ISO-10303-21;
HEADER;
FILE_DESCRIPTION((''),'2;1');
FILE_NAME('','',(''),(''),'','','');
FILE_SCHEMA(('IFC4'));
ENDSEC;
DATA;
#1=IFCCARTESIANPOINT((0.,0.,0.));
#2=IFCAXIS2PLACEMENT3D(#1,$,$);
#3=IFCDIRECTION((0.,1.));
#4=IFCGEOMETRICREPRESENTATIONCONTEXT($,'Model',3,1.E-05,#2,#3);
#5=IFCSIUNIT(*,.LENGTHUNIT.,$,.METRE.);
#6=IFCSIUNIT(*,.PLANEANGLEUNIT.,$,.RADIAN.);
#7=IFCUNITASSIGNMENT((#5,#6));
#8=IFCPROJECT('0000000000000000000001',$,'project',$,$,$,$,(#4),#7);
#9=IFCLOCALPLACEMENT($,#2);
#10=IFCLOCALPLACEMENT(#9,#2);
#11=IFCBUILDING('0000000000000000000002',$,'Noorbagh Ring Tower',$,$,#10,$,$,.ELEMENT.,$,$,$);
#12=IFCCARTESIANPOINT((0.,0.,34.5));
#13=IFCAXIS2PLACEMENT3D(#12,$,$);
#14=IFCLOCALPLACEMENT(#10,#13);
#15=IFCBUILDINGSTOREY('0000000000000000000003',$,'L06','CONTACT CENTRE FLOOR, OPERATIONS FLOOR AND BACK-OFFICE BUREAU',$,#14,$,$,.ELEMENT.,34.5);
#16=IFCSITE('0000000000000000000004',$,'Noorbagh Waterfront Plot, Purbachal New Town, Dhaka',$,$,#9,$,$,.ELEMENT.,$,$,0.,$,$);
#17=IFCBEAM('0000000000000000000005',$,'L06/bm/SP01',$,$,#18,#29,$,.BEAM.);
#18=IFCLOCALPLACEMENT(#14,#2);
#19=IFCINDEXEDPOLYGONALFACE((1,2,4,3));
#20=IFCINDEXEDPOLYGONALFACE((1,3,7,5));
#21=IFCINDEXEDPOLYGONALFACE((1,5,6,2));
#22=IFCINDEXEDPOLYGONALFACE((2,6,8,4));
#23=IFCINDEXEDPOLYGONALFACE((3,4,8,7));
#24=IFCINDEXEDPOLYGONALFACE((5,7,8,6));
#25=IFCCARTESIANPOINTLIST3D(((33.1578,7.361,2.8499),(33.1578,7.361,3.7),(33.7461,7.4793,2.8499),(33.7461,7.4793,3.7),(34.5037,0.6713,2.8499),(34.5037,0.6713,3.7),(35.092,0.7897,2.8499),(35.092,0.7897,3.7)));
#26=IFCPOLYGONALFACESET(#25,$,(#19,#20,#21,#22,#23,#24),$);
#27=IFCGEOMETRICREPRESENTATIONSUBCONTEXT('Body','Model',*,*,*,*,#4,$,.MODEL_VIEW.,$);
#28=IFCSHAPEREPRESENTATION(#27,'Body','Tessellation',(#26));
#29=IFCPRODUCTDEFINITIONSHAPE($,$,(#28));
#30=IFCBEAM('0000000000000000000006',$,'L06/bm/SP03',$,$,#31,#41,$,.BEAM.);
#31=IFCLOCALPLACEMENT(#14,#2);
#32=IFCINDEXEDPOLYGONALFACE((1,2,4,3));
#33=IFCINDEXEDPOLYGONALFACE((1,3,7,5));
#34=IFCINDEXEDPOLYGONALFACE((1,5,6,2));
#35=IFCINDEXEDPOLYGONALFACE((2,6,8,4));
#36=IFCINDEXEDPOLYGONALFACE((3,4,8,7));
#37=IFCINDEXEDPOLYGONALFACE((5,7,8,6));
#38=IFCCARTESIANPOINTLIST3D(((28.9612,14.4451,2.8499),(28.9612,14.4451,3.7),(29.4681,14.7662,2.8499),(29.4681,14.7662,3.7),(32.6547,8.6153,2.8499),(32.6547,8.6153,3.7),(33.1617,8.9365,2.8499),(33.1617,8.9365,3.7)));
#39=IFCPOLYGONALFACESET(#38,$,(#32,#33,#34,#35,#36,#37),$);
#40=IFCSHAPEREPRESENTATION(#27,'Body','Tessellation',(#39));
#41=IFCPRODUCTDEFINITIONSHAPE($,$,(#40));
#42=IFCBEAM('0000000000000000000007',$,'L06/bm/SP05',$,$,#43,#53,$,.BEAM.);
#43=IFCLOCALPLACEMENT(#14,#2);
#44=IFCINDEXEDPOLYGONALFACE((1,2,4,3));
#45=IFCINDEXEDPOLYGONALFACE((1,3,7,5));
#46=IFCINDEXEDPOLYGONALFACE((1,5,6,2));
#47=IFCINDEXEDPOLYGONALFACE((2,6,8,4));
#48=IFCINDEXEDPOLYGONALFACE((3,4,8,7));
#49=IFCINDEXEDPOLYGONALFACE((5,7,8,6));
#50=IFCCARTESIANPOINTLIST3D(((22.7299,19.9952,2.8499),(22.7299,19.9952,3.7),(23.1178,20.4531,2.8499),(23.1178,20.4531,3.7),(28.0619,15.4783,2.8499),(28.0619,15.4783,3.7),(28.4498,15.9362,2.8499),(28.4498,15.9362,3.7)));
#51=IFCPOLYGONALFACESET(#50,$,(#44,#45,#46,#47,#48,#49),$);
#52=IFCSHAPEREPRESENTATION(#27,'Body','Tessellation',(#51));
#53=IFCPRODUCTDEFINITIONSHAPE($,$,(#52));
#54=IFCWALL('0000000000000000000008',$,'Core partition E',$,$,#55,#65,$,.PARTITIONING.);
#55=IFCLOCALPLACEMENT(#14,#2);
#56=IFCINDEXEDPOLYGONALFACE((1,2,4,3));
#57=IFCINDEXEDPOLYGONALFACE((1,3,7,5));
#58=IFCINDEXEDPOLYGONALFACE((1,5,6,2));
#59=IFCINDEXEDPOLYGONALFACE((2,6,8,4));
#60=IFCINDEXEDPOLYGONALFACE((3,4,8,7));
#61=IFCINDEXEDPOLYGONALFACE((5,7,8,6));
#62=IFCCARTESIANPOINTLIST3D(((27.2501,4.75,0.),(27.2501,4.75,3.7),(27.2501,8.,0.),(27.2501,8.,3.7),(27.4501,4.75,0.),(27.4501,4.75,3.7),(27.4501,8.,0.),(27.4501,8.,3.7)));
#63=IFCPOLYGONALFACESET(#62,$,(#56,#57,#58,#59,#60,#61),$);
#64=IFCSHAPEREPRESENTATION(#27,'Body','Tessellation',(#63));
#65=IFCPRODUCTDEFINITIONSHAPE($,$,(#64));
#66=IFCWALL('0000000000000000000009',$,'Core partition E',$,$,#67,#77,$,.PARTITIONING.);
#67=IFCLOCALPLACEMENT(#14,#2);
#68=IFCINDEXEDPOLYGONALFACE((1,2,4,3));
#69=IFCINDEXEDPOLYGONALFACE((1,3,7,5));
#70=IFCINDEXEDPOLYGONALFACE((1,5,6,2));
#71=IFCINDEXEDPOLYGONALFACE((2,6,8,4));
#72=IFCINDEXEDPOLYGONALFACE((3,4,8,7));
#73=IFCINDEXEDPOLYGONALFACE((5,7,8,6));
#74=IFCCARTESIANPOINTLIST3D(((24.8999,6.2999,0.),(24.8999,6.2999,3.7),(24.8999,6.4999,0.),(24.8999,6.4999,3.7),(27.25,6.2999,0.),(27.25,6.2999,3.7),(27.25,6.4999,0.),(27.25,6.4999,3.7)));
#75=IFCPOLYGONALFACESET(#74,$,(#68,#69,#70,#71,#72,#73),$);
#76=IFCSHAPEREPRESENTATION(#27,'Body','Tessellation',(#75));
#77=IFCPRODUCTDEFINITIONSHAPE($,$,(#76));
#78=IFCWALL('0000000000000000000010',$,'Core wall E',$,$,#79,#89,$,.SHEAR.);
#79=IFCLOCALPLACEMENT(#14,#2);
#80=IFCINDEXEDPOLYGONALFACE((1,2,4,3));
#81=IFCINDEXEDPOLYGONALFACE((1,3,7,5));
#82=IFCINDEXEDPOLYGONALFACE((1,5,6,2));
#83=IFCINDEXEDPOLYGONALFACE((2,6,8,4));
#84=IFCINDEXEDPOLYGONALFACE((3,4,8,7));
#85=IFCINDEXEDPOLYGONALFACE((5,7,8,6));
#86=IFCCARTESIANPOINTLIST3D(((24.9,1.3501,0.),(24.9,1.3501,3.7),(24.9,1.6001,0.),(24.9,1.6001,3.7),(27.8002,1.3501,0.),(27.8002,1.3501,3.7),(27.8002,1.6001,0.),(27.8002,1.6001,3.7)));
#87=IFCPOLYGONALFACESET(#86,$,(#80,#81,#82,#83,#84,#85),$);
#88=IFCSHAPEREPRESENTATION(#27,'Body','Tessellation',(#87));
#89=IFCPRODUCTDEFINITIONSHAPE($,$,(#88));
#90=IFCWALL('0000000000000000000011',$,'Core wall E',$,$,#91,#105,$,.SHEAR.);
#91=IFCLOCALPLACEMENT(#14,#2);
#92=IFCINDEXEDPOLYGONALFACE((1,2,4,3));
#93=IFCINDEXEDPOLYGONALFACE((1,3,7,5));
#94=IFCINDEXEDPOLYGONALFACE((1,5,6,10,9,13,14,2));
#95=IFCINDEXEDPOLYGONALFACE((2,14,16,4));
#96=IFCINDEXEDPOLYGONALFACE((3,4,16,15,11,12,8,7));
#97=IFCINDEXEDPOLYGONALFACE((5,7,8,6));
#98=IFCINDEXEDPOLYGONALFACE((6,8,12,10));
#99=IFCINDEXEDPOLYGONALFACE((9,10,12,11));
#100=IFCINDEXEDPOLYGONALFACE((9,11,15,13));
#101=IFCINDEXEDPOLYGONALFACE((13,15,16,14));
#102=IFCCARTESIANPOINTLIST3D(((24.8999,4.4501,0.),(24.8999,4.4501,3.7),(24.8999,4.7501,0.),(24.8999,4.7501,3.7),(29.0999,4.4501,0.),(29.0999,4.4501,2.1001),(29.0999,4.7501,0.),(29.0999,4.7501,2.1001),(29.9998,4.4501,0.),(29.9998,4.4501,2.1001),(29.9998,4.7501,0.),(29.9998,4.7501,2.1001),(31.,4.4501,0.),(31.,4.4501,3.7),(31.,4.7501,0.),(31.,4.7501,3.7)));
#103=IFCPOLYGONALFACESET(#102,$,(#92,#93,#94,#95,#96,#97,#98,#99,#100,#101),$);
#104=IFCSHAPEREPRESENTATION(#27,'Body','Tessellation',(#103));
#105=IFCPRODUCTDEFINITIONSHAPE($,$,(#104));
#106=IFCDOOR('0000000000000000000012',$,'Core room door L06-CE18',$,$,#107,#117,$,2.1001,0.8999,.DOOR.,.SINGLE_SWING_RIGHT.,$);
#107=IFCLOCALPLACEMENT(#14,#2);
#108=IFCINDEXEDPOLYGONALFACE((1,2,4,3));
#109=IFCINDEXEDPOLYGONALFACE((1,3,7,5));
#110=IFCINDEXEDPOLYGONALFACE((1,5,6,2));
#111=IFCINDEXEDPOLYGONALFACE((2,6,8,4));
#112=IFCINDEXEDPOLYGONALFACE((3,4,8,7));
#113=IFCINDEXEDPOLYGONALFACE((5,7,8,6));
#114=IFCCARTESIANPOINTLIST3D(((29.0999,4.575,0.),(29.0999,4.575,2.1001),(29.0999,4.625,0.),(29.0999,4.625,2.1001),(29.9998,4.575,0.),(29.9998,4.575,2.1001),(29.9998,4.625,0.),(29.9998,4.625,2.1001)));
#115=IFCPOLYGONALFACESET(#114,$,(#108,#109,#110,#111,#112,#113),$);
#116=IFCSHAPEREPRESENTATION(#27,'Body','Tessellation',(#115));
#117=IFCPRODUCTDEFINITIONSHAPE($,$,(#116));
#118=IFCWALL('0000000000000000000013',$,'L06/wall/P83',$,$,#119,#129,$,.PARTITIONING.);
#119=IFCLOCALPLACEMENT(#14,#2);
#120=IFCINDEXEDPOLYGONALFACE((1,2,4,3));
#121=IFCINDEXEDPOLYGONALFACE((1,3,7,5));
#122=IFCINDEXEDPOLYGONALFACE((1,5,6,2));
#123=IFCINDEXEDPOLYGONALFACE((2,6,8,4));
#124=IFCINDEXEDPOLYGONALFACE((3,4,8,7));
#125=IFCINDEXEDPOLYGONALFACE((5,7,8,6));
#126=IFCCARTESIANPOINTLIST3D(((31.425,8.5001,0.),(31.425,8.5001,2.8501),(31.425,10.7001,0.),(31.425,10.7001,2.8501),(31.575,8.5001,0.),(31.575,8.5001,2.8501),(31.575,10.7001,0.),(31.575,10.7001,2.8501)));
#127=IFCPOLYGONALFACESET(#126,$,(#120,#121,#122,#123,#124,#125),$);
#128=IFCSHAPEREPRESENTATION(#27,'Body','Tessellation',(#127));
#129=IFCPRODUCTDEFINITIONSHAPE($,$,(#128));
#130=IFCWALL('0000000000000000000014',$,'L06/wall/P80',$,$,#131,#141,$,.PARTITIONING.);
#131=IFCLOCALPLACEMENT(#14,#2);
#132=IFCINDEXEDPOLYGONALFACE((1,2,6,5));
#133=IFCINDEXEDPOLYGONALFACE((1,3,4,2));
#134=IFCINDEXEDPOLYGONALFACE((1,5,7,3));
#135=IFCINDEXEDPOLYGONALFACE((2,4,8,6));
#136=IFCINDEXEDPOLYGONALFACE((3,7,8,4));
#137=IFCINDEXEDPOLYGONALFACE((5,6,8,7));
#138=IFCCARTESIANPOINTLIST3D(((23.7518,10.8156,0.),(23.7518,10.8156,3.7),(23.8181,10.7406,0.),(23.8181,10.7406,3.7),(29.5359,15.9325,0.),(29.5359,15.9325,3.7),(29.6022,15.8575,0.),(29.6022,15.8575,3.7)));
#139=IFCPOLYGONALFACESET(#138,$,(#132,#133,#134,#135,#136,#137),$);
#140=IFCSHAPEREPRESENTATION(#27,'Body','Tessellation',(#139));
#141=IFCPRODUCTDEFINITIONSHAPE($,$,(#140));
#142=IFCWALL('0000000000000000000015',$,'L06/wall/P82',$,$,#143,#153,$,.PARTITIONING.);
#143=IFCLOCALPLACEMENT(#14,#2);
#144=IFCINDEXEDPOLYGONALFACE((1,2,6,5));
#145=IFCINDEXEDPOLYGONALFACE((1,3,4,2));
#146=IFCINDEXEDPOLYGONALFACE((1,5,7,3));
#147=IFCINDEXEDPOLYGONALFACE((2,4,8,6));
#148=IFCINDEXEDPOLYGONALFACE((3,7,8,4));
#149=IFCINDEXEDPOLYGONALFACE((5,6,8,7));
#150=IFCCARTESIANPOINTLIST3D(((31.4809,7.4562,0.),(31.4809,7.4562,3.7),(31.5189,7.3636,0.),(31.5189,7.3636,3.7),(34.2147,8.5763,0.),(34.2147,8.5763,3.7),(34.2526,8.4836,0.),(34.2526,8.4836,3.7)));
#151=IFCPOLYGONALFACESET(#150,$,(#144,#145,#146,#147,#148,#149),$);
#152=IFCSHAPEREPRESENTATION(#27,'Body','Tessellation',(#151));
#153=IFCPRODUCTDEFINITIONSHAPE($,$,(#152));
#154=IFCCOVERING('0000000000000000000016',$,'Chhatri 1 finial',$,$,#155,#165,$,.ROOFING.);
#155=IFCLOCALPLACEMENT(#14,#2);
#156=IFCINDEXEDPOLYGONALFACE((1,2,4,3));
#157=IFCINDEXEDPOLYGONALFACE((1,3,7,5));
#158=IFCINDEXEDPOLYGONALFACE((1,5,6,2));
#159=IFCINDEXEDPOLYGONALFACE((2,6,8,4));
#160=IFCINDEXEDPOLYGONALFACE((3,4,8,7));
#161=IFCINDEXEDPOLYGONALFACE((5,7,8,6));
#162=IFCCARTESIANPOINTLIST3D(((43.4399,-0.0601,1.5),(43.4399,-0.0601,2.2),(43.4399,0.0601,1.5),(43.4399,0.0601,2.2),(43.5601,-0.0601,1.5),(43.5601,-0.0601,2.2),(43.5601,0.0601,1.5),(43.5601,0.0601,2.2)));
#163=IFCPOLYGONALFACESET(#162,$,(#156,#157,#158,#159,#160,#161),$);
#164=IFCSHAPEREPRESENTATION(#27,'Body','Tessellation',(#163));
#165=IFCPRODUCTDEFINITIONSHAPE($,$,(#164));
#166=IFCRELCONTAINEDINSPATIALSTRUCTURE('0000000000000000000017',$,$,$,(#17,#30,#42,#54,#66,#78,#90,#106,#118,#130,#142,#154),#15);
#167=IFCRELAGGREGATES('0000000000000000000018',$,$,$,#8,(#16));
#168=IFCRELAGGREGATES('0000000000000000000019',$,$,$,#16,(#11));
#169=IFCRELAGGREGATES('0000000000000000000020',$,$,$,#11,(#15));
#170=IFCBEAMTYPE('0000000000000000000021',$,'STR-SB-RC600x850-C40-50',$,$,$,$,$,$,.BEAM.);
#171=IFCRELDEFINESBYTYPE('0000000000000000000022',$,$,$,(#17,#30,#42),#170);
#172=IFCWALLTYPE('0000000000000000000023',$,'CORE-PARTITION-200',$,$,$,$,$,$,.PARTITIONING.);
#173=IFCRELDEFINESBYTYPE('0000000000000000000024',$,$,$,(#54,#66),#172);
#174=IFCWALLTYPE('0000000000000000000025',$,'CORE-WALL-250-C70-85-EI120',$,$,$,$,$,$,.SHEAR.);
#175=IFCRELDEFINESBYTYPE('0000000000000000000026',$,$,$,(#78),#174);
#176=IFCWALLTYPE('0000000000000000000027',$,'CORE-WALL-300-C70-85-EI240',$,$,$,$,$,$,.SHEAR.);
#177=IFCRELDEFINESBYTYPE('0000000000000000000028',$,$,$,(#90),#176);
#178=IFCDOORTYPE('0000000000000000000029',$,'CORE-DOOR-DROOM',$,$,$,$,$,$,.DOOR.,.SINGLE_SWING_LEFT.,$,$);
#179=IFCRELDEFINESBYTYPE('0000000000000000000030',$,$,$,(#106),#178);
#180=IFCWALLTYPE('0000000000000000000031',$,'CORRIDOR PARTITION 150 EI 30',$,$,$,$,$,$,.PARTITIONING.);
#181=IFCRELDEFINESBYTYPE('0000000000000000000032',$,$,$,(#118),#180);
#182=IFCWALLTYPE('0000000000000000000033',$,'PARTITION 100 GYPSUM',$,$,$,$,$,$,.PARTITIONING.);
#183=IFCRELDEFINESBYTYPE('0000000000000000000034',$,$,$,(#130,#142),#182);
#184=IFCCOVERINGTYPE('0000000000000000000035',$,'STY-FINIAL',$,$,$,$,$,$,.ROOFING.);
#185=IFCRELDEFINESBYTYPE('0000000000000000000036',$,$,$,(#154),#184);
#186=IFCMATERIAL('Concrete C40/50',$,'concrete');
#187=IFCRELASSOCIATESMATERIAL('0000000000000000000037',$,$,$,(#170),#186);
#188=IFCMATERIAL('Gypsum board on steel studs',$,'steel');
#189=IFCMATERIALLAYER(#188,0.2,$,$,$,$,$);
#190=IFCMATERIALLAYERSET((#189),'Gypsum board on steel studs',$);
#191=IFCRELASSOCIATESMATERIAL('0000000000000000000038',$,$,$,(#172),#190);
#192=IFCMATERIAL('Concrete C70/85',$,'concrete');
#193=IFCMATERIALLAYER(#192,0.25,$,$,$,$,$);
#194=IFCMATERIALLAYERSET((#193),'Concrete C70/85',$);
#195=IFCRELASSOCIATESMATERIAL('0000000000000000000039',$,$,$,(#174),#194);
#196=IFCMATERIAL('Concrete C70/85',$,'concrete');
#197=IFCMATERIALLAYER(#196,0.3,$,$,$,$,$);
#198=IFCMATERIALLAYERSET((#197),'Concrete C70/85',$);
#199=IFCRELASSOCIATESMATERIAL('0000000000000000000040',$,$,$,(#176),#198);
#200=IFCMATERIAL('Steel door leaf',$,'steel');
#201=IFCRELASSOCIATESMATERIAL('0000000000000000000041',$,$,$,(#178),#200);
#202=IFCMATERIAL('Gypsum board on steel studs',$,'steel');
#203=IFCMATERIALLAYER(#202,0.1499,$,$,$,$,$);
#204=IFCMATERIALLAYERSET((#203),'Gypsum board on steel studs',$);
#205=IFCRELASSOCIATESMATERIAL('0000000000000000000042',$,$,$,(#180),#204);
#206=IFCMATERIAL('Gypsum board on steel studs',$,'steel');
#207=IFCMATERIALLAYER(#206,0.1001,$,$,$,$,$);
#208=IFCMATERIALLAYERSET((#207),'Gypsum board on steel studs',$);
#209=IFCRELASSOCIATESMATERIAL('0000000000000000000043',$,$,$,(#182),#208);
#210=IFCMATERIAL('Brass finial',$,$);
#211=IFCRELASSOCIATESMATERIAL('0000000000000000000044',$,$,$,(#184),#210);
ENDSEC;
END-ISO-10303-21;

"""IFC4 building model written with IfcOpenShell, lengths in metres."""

from ifc_helpers import new_model, si_unit, direction, frame, frame_2d, origin, origin_2d, place, context, subcontext, project, spatial, rectangle, extrude, material, layer, layer_set, material_profile, profile_set, type_object, element, fill, save


model = new_model("IFC4")

# Units and contexts
model_context = context("Model", 3, precision=1e-05, world=origin(), true_north=direction((0.0, 1.0)))
body_context = subcontext(model_context, "Body", "Model", "MODEL_VIEW")
ifc_project = project(units=[si_unit("LENGTHUNIT", "METRE"), si_unit("PLANEANGLEUNIT", "RADIAN")], contexts=[model_context])

# Site, building, storey
site_placement = place(None, origin())
site = spatial("IfcSite", under=ifc_project, at=site_placement, Name="Noorbagh Waterfront Plot, Purbachal New Town, Dhaka", CompositionType="ELEMENT", RefElevation=0.0)
building_placement = place(site_placement, origin())
building = spatial("IfcBuilding", under=site, at=building_placement, Name="Noorbagh Ring Tower", CompositionType="ELEMENT")
storey_placement = place(building_placement, frame((0.0, 0.0, 34.5)))
storey = spatial("IfcBuildingStorey", under=building, at=storey_placement, Name="L06", Description="CONTACT CENTRE FLOOR, OPERATIONS FLOOR AND BACK-OFFICE BUREAU", CompositionType="ELEMENT", Elevation=34.5)

# Beams
ifc_material_1 = material(Name="Concrete C40/50", Category="concrete")
ifc_material_profile_1 = material_profile(ifc_material_1, rectangle(XDim=0.6001, YDim=0.8501, at=origin_2d()), Name="RC600x850")
ifc_profile_set_1 = profile_set([ifc_material_profile_1], Name="Concrete C40/50")
beam_type_1 = type_object("IfcBeamType", Name="STR-SB-RC600x850-C40-50", PredefinedType="BEAM", material=ifc_profile_set_1)
beam_1_placement = place(storey_placement, frame((34.7979, 0.7305, 3.2749), z_axis=(-0.197244, 0.980354, 0.0), x_axis=(-0.980354, -0.197244, 0.0)))
element("IfcBeam", 1, at=beam_1_placement, inside=storey, type_object=beam_type_1, Name="L06/bm/SP01", PredefinedType="BEAM", context=body_context, shape_type="SweptSolid", body=[
    extrude(rectangle(XDim=0.6001, YDim=0.8501, at=origin_2d()), origin(), (0.0, 0.0, 1.0), 6.8237),
])
beam_2_placement = place(storey_placement, frame((32.9082, 8.7759, 3.2749), z_axis=(-0.535194, 0.844729, 0.0), x_axis=(-0.844729, -0.535194, 0.0)))
element("IfcBeam", 2, at=beam_2_placement, inside=storey, type_object=beam_type_1, Name="L06/bm/SP03", PredefinedType="BEAM", context=body_context, shape_type="SweptSolid", body=[
    extrude(rectangle(XDim=0.6001, YDim=0.8501, at=origin_2d()), origin(), (0.0, 0.0, 1.0), 6.9014),
])
beam_3_placement = place(storey_placement, frame((28.2559, 15.7073, 3.2749), z_axis=(-0.763024, 0.64637, 0.0), x_axis=(-0.64637, -0.763024, 0.0)))
element("IfcBeam", 3, at=beam_3_placement, inside=storey, type_object=beam_type_1, Name="L06/bm/SP05", PredefinedType="BEAM", context=body_context, shape_type="SweptSolid", body=[
    extrude(rectangle(XDim=0.6001, YDim=0.8501, at=origin_2d()), origin(), (0.0, 0.0, 1.0), 6.988),
])

# Walls
ifc_material_2 = material(Name="Gypsum board on steel studs", Category="steel")
ifc_layer_1 = layer(ifc_material_2, 0.2)
ifc_layer_set_1 = layer_set([ifc_layer_1], Name="Gypsum board on steel studs")
wall_type_1 = type_object("IfcWallType", Name="CORE-PARTITION-200", PredefinedType="PARTITIONING", material=ifc_layer_set_1)
wall_1_placement = place(storey_placement, frame((27.3501, 4.75, 0.0), z_axis=(0.0, 0.0, 1.0), x_axis=(0.0, 1.0, 0.0)))
element("IfcWall", 4, at=wall_1_placement, inside=storey, type_object=wall_type_1, Name="Core partition E", PredefinedType="PARTITIONING", context=body_context, shape_type="SweptSolid", body=[
    extrude(rectangle(XDim=3.25, YDim=0.2, at=frame_2d((1.625, 0.0))), origin(), (0.0, 0.0, 1.0), 3.7),
])
wall_2_placement = place(storey_placement, frame((24.8999, 6.3999, 0.0), z_axis=(0.0, 0.0, 1.0), x_axis=(1.0, 0.0, 0.0)))
element("IfcWall", 5, at=wall_2_placement, inside=storey, type_object=wall_type_1, Name="Core partition E", PredefinedType="PARTITIONING", context=body_context, shape_type="SweptSolid", body=[
    extrude(rectangle(XDim=2.3501, YDim=0.2, at=frame_2d((1.175, 0.0))), origin(), (0.0, 0.0, 1.0), 3.7),
])
ifc_material_3 = material(Name="Concrete C70/85", Category="concrete")
ifc_layer_2 = layer(ifc_material_3, 0.25)
ifc_layer_set_2 = layer_set([ifc_layer_2], Name="Concrete C70/85")
wall_type_2 = type_object("IfcWallType", Name="CORE-WALL-250-C70-85-EI120", PredefinedType="SHEAR", material=ifc_layer_set_2)
wall_3_placement = place(storey_placement, frame((24.8999, 1.4751, 0.0), z_axis=(0.0, 0.0, 1.0), x_axis=(1.0, 0.0, 0.0)))
element("IfcWall", 6, at=wall_3_placement, inside=storey, type_object=wall_type_2, Name="Core wall E", PredefinedType="SHEAR", context=body_context, shape_type="SweptSolid", body=[
    extrude(rectangle(XDim=2.9001, YDim=0.25, at=frame_2d((1.4502, 0.0))), origin(), (0.0, 0.0, 1.0), 3.7),
])

# Wall, opening, door
ifc_material_4 = material(Name="Concrete C70/85", Category="concrete")
ifc_layer_3 = layer(ifc_material_4, 0.3)
ifc_layer_set_3 = layer_set([ifc_layer_3], Name="Concrete C70/85")
wall_type_3 = type_object("IfcWallType", Name="CORE-WALL-300-C70-85-EI240", PredefinedType="SHEAR", material=ifc_layer_set_3)
wall_4_placement = place(storey_placement, frame((24.8999, 4.6001, 0.0), z_axis=(0.0, 0.0, 1.0), x_axis=(1.0, 0.0, 0.0)))
wall_4 = element("IfcWall", 7, at=wall_4_placement, inside=storey, type_object=wall_type_3, Name="Core wall E", PredefinedType="SHEAR", context=body_context, shape_type="SweptSolid", body=[
    extrude(rectangle(XDim=6.1001, YDim=0.3, at=frame_2d((3.05, 0.0))), origin(), (0.0, 0.0, 1.0), 3.7),
])
opening_placement = place(wall_4_placement, frame((4.2, 0.0, 0.0)))
opening = element("IfcOpeningElement", 8, at=opening_placement, cuts=wall_4, PredefinedType="OPENING", context=body_context, shape_type="SweptSolid", body=[
    extrude(rectangle(XDim=0.8999, YDim=2.1001, at=frame_2d((0.45, 1.05))), frame((0.0, 0.1602, 0.0), z_axis=(0.0, -1.0, 0.0), x_axis=(1.0, 0.0, 0.0)), (0.0, 0.0, 1.0), 0.3201),
])
ifc_material_5 = material(Name="Steel door leaf", Category="steel")
door_type = type_object("IfcDoorType", Name="CORE-DOOR-DROOM", OperationType="SINGLE_SWING_LEFT", PredefinedType="DOOR", material=ifc_material_5)
door_placement = place(opening_placement, origin())
door = element("IfcDoor", 9, at=door_placement, inside=storey, type_object=door_type, Name="Core room door L06-CE18", OperationType="SINGLE_SWING_RIGHT", OverallHeight=2.1001, OverallWidth=0.8999, PredefinedType="DOOR", context=body_context, shape_type="SweptSolid", body=[
    extrude(rectangle(XDim=0.8999, YDim=2.1001, at=frame_2d((0.45, 1.05))), frame((0.0, 0.0249, 0.0), z_axis=(0.0, -1.0, 0.0), x_axis=(1.0, 0.0, 0.0)), (0.0, 0.0, 1.0), 0.05),
])
fill(opening, door)

# Walls
ifc_material_6 = material(Name="Gypsum board on steel studs", Category="steel")
ifc_layer_4 = layer(ifc_material_6, 0.1499)
ifc_layer_set_4 = layer_set([ifc_layer_4], Name="Gypsum board on steel studs")
wall_type_4 = type_object("IfcWallType", Name="CORRIDOR PARTITION 150 EI 30", PredefinedType="PARTITIONING", material=ifc_layer_set_4)
wall_5_placement = place(storey_placement, frame((31.5, 8.5, 0.0), z_axis=(0.0, 0.0, 1.0), x_axis=(0.0, 1.0, 0.0)))
element("IfcWall", 10, at=wall_5_placement, inside=storey, type_object=wall_type_4, Name="L06/wall/P83", PredefinedType="PARTITIONING", context=body_context, shape_type="SweptSolid", body=[
    extrude(rectangle(XDim=2.2, YDim=0.1499, at=frame_2d((1.1001, 0.0))), origin(), (0.0, 0.0, 1.0), 2.8501),
])
ifc_material_7 = material(Name="Gypsum board on steel studs", Category="steel")
ifc_layer_5 = layer(ifc_material_7, 0.1001)
ifc_layer_set_5 = layer_set([ifc_layer_5], Name="Gypsum board on steel studs")
wall_type_5 = type_object("IfcWallType", Name="PARTITION 100 GYPSUM", PredefinedType="PARTITIONING", material=ifc_layer_set_5)
wall_6_placement = place(storey_placement, frame((23.7849, 10.7781, 0.0), z_axis=(0.0, 0.0, 1.0), x_axis=(0.748986, 0.662586, 0.0)))
element("IfcWall", 11, at=wall_6_placement, inside=storey, type_object=wall_type_5, Name="L06/wall/P80", PredefinedType="PARTITIONING", context=body_context, shape_type="SweptSolid", body=[
    extrude(rectangle(XDim=7.7227, YDim=0.1001, at=frame_2d((3.8613, 0.0))), origin(), (0.0, 0.0, 1.0), 3.7),
])
wall_7_placement = place(storey_placement, frame((31.5, 7.4099, 0.0), z_axis=(0.0, 0.0, 1.0), x_axis=(0.925344, 0.379128, 0.0)))
element("IfcWall", 12, at=wall_7_placement, inside=storey, type_object=wall_type_5, Name="L06/wall/P82", PredefinedType="PARTITIONING", context=body_context, shape_type="SweptSolid", body=[
    extrude(rectangle(XDim=2.9543, YDim=0.1001, at=frame_2d((1.4771, 0.0))), origin(), (0.0, 0.0, 1.0), 3.7),
])

# Covering
ifc_material_8 = material(Name="Brass finial")
covering_type = type_object("IfcCoveringType", Name="STY-FINIAL", PredefinedType="ROOFING", material=ifc_material_8)
covering_placement = place(storey_placement, frame((43.5, 0.0, 1.5), z_axis=(0.0, 0.0, 1.0), x_axis=(1.0, 0.0, 0.0)))
element("IfcCovering", 13, at=covering_placement, inside=storey, type_object=covering_type, Name="Chhatri 1 finial", PredefinedType="ROOFING", context=body_context, shape_type="SweptSolid", body=[
    extrude(rectangle(XDim=0.1201, YDim=0.1201, at=origin_2d()), origin(), (0.0, 0.0, 1.0), 0.7),
])

save(model, "model.ifc")
